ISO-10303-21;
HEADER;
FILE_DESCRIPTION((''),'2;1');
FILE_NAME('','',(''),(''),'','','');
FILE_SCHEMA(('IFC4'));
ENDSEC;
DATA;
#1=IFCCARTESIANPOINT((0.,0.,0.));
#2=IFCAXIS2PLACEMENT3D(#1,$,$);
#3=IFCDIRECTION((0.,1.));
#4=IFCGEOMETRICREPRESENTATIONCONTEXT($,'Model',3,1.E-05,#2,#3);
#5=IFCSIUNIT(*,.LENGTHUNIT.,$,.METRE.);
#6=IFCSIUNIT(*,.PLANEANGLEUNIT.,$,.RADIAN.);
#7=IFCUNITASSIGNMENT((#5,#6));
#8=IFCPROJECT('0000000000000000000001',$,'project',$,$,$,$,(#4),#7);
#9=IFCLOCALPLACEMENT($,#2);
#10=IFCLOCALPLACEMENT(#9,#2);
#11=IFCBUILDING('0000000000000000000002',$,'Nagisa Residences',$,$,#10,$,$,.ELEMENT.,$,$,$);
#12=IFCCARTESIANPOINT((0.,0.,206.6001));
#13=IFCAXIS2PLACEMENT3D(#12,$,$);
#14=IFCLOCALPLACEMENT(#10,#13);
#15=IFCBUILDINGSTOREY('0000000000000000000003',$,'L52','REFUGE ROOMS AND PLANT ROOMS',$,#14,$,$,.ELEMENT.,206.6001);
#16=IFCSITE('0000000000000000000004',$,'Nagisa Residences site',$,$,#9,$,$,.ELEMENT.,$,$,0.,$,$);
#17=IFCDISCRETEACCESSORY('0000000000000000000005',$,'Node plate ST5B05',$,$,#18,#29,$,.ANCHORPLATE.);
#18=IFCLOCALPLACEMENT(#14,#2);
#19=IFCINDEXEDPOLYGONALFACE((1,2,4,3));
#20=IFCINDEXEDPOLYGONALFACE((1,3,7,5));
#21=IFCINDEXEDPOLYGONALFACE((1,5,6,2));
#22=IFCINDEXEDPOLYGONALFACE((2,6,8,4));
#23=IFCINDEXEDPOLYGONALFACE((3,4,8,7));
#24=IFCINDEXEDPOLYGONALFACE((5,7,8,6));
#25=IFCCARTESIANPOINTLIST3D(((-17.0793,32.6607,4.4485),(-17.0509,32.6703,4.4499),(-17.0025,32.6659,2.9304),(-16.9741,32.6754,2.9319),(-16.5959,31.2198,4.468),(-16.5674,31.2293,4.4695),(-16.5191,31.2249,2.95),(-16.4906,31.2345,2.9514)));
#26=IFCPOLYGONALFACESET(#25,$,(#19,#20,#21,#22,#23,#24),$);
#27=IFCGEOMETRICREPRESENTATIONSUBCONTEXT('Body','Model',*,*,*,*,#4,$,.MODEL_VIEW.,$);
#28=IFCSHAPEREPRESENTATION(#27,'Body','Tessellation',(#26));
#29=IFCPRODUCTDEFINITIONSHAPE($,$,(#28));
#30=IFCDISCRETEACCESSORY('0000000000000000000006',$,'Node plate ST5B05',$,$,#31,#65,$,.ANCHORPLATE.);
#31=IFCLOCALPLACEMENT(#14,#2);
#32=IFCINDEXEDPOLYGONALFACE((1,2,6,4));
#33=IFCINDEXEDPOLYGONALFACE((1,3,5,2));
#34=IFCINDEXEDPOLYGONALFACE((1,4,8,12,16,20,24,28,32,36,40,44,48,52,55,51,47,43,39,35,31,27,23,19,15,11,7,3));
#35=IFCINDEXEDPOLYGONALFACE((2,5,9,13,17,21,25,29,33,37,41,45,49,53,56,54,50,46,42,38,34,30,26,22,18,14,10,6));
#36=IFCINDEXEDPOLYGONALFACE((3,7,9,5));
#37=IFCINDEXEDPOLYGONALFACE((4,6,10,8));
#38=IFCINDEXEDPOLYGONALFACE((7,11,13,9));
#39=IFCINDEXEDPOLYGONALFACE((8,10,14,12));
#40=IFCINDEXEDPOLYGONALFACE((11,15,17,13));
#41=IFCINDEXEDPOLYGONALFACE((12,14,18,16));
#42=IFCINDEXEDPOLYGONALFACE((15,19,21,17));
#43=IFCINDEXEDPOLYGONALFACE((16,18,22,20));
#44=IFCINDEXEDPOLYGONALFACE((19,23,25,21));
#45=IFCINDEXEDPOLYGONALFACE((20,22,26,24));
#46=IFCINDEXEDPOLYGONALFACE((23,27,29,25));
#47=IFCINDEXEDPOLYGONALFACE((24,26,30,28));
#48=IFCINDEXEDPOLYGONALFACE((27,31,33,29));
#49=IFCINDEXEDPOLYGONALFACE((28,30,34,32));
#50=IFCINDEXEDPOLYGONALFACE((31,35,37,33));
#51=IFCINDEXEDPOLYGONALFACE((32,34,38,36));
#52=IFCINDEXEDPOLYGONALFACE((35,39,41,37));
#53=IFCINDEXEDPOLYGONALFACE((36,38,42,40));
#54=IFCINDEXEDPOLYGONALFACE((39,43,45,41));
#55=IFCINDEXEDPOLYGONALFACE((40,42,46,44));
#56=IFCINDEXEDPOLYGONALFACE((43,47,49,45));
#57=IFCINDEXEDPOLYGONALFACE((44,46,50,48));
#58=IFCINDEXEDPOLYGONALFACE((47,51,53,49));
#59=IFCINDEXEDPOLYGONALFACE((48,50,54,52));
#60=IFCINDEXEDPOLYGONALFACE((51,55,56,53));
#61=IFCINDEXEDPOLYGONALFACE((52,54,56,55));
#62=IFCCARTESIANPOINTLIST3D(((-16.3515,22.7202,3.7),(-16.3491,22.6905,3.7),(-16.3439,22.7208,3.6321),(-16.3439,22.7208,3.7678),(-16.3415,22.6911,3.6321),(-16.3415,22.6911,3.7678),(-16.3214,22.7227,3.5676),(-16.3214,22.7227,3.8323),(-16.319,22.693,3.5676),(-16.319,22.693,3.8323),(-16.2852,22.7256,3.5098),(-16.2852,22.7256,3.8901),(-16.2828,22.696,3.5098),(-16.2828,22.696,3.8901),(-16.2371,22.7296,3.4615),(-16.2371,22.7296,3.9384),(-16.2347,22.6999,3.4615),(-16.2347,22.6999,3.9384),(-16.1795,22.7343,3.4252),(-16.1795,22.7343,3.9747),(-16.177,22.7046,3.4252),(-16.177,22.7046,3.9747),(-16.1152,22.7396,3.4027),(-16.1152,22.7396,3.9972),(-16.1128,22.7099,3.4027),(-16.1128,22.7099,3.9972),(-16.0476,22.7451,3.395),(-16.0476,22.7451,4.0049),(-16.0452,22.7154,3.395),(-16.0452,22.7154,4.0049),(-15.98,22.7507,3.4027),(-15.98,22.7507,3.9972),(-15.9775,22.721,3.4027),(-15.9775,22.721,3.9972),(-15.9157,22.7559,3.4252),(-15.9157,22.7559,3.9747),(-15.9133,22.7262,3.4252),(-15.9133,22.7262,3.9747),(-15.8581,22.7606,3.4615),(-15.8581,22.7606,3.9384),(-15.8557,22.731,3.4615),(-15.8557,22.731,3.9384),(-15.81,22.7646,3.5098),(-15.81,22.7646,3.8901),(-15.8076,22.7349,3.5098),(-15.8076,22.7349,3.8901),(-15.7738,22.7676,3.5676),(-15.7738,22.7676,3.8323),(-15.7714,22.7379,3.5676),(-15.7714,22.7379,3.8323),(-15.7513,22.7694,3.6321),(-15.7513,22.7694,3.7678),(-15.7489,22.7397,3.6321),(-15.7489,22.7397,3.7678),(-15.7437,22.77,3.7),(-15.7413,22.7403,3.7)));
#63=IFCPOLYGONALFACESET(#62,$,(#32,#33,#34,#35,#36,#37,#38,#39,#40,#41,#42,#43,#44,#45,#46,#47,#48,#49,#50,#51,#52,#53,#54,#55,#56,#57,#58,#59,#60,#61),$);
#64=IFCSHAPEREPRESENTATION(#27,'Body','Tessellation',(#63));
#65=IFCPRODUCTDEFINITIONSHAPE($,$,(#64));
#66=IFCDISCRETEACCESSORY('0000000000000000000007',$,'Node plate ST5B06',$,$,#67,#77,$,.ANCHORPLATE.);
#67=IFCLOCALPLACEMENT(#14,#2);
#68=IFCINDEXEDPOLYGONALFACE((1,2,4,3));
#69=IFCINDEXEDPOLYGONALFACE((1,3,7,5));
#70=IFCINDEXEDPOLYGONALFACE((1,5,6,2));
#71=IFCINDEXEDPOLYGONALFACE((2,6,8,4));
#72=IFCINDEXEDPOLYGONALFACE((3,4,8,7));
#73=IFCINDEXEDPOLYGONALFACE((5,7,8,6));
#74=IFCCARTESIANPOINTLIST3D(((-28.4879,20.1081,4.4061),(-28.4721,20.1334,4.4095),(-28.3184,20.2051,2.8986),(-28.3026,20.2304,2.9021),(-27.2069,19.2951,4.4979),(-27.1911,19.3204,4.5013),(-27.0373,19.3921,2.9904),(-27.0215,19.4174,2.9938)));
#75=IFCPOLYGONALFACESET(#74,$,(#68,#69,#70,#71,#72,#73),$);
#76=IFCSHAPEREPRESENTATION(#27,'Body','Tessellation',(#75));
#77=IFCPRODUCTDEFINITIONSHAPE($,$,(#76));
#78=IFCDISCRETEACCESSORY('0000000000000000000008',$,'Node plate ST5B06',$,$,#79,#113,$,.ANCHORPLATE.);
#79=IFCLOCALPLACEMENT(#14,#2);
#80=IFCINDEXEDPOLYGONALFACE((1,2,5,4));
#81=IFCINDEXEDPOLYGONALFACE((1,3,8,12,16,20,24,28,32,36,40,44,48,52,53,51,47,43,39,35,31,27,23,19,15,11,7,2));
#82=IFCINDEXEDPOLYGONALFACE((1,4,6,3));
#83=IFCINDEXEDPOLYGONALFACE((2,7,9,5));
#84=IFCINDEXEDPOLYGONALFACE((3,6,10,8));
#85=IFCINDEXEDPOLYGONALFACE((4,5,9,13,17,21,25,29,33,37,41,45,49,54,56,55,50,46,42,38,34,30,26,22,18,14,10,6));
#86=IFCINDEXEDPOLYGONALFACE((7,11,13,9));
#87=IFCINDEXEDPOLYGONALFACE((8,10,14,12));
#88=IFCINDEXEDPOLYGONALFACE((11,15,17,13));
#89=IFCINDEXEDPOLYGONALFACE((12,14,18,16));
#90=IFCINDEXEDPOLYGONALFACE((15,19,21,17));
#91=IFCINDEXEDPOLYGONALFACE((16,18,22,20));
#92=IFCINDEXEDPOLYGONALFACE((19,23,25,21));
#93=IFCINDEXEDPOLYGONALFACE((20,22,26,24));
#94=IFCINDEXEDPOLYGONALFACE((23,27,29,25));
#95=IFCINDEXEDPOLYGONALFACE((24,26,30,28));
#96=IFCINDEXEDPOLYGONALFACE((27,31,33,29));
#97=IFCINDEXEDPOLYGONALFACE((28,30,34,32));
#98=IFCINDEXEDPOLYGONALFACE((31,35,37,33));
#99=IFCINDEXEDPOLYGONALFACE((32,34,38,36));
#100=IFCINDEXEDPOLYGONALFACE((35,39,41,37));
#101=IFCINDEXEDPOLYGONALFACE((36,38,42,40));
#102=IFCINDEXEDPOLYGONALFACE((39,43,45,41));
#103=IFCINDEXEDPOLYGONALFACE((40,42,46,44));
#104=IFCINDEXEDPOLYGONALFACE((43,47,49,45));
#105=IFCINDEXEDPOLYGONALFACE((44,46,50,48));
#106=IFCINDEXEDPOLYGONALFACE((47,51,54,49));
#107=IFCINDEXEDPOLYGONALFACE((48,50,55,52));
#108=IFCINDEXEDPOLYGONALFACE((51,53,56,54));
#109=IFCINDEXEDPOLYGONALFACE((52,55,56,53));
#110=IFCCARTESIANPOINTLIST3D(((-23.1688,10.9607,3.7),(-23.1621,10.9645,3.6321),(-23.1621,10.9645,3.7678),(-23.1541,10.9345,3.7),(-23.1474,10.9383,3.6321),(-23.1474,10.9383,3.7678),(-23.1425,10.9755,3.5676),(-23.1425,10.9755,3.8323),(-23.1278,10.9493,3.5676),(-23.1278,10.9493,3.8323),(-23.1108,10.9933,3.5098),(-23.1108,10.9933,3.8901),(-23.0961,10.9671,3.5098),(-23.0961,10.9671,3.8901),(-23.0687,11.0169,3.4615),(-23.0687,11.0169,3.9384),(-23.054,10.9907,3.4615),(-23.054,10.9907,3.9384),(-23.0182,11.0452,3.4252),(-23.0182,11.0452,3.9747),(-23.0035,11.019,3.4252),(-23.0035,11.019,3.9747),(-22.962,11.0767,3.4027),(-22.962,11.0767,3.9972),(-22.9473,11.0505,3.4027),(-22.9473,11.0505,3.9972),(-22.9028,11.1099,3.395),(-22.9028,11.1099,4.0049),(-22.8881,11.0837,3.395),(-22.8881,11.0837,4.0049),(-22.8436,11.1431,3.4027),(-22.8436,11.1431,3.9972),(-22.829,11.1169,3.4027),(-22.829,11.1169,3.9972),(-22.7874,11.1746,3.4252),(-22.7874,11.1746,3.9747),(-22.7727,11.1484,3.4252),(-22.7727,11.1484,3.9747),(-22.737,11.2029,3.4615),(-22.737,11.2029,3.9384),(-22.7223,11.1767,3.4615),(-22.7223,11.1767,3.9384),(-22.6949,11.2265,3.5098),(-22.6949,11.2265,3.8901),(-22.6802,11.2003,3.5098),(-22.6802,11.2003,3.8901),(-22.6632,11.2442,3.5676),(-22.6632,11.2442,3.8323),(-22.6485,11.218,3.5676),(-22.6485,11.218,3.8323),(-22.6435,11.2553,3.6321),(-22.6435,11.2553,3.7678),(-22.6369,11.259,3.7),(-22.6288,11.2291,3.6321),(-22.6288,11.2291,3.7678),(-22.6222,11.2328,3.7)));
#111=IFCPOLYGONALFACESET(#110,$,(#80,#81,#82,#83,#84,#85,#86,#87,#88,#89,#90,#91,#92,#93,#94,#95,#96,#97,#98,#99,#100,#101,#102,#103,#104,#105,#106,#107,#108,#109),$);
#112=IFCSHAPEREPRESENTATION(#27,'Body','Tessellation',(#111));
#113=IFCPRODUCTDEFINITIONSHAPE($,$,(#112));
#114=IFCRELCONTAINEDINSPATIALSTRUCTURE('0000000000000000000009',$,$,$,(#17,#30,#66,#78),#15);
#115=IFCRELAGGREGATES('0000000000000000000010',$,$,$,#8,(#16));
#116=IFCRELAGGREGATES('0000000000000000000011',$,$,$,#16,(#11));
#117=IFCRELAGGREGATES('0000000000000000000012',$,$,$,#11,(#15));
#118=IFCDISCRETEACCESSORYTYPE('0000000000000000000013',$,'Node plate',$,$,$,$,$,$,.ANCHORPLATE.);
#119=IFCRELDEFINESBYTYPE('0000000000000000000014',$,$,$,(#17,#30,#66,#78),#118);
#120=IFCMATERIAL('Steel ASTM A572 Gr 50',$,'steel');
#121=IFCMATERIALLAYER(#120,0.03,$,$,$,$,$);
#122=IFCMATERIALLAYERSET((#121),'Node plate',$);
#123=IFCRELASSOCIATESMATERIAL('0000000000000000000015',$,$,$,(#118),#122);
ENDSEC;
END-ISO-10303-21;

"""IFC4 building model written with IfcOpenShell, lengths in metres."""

from ifc_helpers import new_model, si_unit, direction, frame, origin, origin_2d, place, context, subcontext, project, spatial, rectangle, circle, extrude, material, layer, layer_set, type_object, element, save


model = new_model("IFC4")

# Units and contexts
model_context = context("Model", 3, precision=1e-05, world=origin(), true_north=direction((0.0, 1.0)))
body_context = subcontext(model_context, "Body", "Model", "MODEL_VIEW")
ifc_project = project(units=[si_unit("LENGTHUNIT", "METRE"), si_unit("PLANEANGLEUNIT", "RADIAN")], contexts=[model_context])

# Site, building, storey
site_placement = place(None, origin())
site = spatial("IfcSite", under=ifc_project, at=site_placement, Name="Nagisa Residences site", CompositionType="ELEMENT", RefElevation=0.0)
building_placement = place(site_placement, origin())
building = spatial("IfcBuilding", under=site, at=building_placement, Name="Nagisa Residences", CompositionType="ELEMENT")
storey_placement = place(building_placement, frame((0.0, 0.0, 206.6001)))
storey = spatial("IfcBuildingStorey", under=building, at=storey_placement, Name="L52", Description="REFUGE ROOMS AND PLANT ROOMS", CompositionType="ELEMENT", Elevation=206.6001)

# Discrete accessories
ifc_material_1 = material(Name="Steel ASTM A572 Gr 50", Category="steel")
ifc_layer = layer(ifc_material_1, 0.03)
ifc_layer_set = layer_set([ifc_layer], Name="Node plate")
discrete_accessory_type = type_object("IfcDiscreteAccessoryType", Name="Node plate", PredefinedType="ANCHORPLATE", material=ifc_layer_set)
discrete_accessory_1_placement = place(storey_placement, frame((-16.7708, 31.9524, 3.7007), z_axis=(-0.946726, -0.318296, -0.048969), x_axis=(0.318053, -0.947985, 0.012884)))
element("IfcDiscreteAccessory", 1, at=discrete_accessory_1_placement, inside=storey, type_object=discrete_accessory_type, Name="Node plate ST5B05", PredefinedType="ANCHORPLATE", context=body_context, shape_type="SweptSolid", body=[
    extrude(rectangle(XDim=1.52, YDim=1.52, at=origin_2d()), origin(), (0.0, 0.0, 1.0), 0.03),
])
discrete_accessory_2_placement = place(storey_placement, frame((-16.0476, 22.7451, 3.7), z_axis=(0.081693, -0.996658, 0.0), x_axis=(0.996658, 0.081693, 0.0)))
element("IfcDiscreteAccessory", 2, at=discrete_accessory_2_placement, inside=storey, type_object=discrete_accessory_type, Name="Node plate ST5B05", PredefinedType="ANCHORPLATE", context=body_context, shape_type="SweptSolid", body=[
    extrude(circle(Radius=0.3049, at=origin_2d()), origin(), (0.0, 0.0, 1.0), 0.0298),
])
discrete_accessory_3_placement = place(storey_placement, frame((-27.7468, 19.7754, 3.7017), z_axis=(-0.526579, -0.842527, -0.113417), x_axis=(0.842777, -0.534865, 0.060391)))
element("IfcDiscreteAccessory", 3, at=discrete_accessory_3_placement, inside=storey, type_object=discrete_accessory_type, Name="Node plate ST5B06", PredefinedType="ANCHORPLATE", context=body_context, shape_type="SweptSolid", body=[
    extrude(rectangle(XDim=1.52, YDim=1.52, at=origin_2d()), origin(), (0.0, 0.0, 1.0), 0.03),
])
discrete_accessory_4_placement = place(storey_placement, frame((-22.9028, 11.1099, 3.7), z_axis=(0.4891, -0.872228, 0.0), x_axis=(0.872228, 0.4891, 0.0)))
element("IfcDiscreteAccessory", 4, at=discrete_accessory_4_placement, inside=storey, type_object=discrete_accessory_type, Name="Node plate ST5B06", PredefinedType="ANCHORPLATE", context=body_context, shape_type="SweptSolid", body=[
    extrude(circle(Radius=0.3049, at=origin_2d()), origin(), (0.0, 0.0, 1.0), 0.03),
])

save(model, "model.ifc")
